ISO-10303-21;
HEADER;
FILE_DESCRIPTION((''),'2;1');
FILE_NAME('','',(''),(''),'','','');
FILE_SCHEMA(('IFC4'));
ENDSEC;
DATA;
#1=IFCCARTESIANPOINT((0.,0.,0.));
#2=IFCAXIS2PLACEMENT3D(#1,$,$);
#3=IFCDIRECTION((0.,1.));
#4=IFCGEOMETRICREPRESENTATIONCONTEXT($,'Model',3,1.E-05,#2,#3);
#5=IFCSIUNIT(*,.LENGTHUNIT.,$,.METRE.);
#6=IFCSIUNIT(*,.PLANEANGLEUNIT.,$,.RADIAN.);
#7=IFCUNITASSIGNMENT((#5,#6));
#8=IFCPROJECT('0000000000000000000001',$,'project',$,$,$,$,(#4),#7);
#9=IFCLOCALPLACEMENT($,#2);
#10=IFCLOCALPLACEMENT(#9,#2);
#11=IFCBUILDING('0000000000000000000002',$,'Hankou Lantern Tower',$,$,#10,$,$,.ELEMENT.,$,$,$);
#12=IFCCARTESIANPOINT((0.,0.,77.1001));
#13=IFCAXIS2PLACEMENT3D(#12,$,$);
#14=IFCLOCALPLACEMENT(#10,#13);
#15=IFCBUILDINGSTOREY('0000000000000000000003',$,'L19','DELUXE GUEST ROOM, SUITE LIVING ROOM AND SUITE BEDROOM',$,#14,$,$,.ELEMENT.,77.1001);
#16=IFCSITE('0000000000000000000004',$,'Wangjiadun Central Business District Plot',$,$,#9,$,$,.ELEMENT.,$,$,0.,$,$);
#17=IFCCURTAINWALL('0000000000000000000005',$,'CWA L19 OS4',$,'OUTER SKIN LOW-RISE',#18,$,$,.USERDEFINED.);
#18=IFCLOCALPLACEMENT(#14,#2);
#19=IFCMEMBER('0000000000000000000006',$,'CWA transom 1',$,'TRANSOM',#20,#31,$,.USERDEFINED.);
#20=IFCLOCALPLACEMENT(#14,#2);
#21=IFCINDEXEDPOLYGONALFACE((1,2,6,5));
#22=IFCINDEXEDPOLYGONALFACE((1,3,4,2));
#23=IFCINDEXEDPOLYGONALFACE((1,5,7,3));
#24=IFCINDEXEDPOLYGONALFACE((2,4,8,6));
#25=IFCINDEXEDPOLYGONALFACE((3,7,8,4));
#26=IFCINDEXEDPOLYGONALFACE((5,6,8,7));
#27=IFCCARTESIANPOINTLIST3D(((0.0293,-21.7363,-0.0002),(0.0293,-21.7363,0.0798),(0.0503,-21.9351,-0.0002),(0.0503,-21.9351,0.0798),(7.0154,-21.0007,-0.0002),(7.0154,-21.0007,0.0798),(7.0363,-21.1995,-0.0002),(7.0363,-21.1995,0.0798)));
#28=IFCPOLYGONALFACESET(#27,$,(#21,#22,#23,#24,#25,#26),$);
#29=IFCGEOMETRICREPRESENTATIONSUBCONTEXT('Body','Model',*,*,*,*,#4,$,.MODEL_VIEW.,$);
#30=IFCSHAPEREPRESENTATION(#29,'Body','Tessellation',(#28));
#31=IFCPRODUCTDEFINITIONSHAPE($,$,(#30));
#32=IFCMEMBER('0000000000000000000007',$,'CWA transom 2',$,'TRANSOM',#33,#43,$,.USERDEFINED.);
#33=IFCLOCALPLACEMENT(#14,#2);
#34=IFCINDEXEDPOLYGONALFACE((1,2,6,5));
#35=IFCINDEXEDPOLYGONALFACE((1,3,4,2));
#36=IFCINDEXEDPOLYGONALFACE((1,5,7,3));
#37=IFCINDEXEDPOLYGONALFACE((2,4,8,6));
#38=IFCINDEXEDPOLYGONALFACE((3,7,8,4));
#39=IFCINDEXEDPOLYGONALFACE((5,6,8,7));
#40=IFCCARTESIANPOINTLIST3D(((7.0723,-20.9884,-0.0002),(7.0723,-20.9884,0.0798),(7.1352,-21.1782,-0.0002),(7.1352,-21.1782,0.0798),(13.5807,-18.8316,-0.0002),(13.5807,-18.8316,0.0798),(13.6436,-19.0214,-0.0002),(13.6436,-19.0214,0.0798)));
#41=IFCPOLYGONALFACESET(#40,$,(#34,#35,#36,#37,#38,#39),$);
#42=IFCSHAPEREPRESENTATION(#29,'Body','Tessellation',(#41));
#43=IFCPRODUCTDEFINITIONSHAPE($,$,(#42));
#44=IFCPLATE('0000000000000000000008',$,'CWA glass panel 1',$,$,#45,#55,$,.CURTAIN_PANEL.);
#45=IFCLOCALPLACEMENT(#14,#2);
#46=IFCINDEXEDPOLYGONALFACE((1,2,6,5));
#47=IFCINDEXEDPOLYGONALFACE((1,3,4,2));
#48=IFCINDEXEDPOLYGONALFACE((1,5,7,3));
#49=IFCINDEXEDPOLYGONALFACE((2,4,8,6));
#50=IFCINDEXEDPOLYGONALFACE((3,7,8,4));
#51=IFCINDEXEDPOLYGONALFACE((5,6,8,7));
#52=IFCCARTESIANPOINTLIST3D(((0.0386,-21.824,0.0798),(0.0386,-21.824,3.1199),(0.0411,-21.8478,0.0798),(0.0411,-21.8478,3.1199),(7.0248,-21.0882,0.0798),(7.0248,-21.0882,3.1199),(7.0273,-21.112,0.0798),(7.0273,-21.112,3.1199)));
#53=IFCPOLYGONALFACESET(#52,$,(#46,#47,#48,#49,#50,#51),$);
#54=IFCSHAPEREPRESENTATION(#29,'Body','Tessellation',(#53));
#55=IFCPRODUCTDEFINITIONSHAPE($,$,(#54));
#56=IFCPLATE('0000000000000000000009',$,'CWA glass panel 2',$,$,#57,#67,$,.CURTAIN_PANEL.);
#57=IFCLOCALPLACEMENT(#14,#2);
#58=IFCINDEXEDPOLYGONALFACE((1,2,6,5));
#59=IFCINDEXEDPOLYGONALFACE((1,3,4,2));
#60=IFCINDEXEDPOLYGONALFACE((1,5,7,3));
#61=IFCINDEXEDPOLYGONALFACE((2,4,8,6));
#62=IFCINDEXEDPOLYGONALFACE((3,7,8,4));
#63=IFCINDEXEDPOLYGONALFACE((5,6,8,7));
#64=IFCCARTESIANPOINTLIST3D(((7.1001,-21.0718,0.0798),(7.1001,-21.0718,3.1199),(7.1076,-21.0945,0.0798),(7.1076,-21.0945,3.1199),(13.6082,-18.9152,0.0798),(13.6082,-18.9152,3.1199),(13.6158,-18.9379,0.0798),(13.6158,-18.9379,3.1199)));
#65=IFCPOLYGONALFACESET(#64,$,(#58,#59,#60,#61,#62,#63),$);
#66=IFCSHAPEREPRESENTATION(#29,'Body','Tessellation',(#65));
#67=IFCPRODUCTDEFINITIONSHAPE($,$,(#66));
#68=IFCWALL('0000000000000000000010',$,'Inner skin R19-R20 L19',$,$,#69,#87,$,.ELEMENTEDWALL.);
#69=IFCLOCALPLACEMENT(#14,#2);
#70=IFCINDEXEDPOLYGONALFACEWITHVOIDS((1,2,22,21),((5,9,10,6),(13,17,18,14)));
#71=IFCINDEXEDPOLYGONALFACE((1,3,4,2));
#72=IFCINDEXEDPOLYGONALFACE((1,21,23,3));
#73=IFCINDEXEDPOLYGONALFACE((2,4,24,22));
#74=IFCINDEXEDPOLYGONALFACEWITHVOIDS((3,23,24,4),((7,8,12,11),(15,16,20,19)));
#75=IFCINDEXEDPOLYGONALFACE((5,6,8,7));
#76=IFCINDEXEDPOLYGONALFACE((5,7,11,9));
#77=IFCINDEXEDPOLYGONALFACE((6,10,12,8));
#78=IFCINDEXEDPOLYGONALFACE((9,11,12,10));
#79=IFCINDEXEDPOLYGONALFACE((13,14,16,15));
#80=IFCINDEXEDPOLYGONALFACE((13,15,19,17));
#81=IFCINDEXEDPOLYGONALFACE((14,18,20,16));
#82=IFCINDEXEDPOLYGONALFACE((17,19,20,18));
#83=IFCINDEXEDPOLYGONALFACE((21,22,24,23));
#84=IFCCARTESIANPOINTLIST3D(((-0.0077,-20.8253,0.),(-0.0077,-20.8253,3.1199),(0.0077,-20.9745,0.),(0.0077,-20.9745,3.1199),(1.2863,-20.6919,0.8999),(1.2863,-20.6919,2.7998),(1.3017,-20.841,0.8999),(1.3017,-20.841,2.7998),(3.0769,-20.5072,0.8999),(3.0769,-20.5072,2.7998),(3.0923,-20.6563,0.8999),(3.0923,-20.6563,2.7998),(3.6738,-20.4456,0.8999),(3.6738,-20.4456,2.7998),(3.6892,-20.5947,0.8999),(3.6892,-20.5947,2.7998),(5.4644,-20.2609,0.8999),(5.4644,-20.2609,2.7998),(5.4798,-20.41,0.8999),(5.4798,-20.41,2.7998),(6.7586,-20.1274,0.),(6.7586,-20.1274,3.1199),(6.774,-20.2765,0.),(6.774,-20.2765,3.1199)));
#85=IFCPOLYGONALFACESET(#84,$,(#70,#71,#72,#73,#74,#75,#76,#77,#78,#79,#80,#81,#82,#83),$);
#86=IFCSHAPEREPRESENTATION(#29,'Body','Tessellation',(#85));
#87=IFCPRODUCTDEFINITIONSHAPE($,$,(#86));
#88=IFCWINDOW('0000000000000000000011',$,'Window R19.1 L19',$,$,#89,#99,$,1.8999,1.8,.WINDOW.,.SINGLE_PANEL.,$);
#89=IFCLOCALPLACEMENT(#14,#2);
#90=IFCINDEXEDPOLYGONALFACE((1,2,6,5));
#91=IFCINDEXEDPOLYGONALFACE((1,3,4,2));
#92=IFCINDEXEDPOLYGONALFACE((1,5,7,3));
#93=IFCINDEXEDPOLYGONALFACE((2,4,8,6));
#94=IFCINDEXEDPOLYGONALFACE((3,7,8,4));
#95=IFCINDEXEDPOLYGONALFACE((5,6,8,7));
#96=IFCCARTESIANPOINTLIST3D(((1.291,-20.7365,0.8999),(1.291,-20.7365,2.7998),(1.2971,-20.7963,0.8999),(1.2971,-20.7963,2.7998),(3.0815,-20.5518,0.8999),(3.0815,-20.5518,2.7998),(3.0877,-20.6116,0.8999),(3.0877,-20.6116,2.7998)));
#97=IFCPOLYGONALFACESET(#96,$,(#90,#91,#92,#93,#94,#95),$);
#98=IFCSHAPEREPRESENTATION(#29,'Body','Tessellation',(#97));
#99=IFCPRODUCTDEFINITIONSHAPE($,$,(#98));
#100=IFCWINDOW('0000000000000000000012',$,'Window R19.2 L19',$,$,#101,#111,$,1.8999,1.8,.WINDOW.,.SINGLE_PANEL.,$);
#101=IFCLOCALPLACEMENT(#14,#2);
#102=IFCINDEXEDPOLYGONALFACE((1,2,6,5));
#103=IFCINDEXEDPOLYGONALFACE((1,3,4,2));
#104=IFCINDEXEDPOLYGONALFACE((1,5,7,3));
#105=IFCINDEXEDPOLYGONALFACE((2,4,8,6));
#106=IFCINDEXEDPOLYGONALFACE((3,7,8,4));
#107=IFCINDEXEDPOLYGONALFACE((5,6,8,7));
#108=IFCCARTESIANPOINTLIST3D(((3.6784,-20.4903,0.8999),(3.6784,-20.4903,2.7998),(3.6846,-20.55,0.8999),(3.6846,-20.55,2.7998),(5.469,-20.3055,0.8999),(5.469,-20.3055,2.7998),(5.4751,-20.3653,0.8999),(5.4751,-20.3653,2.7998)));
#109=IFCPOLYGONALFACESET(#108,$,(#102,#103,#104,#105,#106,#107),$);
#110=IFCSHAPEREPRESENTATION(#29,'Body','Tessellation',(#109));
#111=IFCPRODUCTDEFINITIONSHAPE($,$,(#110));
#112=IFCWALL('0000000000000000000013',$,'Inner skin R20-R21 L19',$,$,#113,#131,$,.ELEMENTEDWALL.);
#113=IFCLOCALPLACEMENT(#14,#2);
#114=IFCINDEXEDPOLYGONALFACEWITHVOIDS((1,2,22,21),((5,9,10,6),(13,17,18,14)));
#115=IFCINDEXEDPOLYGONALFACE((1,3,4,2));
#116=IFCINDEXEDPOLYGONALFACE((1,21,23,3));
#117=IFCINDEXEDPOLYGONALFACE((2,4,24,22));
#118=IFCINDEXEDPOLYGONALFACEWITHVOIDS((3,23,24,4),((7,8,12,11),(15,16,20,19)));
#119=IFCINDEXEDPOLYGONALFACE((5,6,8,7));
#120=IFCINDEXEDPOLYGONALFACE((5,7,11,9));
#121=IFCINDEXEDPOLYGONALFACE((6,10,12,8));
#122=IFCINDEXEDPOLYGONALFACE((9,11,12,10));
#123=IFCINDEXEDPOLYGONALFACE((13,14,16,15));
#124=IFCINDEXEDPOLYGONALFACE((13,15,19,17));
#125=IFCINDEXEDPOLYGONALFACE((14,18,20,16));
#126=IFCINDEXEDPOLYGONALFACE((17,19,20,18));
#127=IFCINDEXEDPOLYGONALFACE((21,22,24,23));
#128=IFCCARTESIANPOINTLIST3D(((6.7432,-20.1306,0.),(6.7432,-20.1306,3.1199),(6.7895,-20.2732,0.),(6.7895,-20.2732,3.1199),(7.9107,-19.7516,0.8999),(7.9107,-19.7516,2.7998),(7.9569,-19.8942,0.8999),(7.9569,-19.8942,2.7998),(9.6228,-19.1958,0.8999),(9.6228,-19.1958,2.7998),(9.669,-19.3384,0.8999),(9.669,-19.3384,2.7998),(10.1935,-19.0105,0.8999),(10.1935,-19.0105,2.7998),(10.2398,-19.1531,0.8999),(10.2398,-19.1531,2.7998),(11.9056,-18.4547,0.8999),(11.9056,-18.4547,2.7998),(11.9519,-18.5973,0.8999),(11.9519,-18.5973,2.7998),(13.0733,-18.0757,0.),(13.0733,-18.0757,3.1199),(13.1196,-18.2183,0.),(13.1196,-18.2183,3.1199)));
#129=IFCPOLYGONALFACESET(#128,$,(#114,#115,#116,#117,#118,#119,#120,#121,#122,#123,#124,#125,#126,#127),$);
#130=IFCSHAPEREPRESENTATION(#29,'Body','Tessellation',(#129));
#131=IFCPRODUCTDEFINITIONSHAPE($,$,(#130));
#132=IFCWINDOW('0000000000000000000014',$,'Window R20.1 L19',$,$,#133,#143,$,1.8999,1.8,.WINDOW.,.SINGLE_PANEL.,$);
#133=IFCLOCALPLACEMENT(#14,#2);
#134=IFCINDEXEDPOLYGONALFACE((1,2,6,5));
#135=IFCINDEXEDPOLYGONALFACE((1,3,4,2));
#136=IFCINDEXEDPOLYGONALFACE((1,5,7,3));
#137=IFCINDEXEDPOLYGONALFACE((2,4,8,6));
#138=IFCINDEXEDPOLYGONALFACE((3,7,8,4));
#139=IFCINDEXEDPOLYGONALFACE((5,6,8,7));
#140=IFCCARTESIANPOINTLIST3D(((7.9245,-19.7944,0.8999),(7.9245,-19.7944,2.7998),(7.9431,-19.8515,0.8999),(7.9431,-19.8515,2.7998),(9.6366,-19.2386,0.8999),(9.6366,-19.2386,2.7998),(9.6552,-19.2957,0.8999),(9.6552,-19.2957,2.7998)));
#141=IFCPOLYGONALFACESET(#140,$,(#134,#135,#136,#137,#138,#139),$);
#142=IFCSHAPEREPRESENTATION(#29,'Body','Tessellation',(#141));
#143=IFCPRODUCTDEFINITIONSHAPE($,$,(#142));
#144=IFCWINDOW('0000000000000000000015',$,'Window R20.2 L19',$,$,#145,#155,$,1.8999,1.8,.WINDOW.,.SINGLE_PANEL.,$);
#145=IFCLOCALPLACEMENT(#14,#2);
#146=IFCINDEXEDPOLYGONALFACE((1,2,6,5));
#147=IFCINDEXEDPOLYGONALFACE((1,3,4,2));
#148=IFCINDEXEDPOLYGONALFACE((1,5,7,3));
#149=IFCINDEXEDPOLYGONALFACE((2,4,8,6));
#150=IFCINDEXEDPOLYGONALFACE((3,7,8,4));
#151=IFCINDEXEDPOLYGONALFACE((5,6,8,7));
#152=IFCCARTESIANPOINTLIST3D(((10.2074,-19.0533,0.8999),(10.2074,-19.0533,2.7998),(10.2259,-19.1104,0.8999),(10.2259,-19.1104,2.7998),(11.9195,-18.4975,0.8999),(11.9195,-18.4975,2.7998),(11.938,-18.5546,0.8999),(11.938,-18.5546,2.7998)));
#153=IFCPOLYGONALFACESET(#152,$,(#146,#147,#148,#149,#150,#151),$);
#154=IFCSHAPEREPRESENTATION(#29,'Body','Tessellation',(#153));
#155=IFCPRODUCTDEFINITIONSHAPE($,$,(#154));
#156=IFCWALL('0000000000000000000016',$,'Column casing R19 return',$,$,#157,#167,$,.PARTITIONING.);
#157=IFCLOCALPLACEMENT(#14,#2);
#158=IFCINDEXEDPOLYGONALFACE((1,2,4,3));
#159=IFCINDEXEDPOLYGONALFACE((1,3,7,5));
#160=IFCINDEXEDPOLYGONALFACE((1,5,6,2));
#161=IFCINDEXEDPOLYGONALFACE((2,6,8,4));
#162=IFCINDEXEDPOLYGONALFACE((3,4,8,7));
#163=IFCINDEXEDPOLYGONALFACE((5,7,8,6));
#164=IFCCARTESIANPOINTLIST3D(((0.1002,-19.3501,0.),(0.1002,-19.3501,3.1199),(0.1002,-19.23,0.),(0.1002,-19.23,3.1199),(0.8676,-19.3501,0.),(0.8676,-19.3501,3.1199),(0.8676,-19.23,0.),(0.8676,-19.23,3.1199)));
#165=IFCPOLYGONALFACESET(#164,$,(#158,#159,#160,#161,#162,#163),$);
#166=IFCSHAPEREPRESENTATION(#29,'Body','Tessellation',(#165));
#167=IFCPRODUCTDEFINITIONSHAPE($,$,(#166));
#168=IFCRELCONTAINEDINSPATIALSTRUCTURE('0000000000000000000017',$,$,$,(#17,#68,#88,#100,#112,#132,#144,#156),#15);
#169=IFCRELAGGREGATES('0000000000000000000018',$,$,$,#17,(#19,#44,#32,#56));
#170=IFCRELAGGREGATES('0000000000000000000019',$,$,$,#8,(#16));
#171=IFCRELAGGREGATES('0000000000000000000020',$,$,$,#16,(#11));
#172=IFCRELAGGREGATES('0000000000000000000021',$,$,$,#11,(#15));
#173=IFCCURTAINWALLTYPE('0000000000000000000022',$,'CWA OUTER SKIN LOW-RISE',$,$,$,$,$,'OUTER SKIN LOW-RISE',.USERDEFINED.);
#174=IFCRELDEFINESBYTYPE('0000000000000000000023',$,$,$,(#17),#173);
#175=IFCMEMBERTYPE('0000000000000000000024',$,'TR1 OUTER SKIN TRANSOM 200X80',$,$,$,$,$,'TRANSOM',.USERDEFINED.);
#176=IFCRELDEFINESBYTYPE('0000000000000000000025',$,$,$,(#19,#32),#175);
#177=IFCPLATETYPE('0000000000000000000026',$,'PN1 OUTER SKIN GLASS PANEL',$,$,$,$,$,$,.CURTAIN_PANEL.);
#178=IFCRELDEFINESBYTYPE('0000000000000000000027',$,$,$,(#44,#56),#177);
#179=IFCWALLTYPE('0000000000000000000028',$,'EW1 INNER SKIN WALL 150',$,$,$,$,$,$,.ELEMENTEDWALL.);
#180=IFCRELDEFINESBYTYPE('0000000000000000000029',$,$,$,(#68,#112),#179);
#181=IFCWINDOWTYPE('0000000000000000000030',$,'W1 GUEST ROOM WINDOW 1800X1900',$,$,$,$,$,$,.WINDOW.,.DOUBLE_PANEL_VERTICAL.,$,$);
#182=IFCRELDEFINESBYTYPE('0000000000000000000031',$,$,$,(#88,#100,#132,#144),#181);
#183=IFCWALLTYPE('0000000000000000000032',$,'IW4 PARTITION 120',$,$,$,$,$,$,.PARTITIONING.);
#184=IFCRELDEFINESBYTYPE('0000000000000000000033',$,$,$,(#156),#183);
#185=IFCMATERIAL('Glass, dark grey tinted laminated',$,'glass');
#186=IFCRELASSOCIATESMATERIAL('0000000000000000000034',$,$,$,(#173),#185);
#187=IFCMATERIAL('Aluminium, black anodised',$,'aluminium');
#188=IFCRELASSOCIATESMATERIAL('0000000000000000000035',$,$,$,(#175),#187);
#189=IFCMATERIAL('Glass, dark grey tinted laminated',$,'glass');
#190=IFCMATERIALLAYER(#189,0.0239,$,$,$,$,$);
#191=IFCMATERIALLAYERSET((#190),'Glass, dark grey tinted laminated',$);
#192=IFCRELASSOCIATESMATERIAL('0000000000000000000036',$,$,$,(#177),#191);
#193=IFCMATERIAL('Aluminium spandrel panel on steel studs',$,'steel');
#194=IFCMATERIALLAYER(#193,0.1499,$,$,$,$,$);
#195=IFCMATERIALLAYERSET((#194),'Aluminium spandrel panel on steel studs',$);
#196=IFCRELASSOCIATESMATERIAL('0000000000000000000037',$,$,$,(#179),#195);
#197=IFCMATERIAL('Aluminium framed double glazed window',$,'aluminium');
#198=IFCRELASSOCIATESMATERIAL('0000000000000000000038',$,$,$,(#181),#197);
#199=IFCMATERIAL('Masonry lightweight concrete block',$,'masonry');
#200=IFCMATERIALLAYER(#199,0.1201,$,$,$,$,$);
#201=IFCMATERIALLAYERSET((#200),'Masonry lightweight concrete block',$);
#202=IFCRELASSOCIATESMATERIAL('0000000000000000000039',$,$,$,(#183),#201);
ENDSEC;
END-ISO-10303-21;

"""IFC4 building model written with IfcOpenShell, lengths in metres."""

from ifc_helpers import new_model, si_unit, direction, frame, frame_2d, origin, origin_2d, place, context, subcontext, project, spatial, rectangle, extrude, material, layer, layer_set, material_profile, profile_set, type_object, element, fill, aggregate, save


model = new_model("IFC4")

# Units and contexts
model_context = context("Model", 3, precision=1e-05, world=origin(), true_north=direction((0.0, 1.0)))
body_context = subcontext(model_context, "Body", "Model", "MODEL_VIEW")
ifc_project = project(units=[si_unit("LENGTHUNIT", "METRE"), si_unit("PLANEANGLEUNIT", "RADIAN")], contexts=[model_context])

# Site, building, storey
site_placement = place(None, origin())
site = spatial("IfcSite", under=ifc_project, at=site_placement, Name="Wangjiadun Central Business District Plot", CompositionType="ELEMENT", RefElevation=0.0)
building_placement = place(site_placement, origin())
building = spatial("IfcBuilding", under=site, at=building_placement, Name="Hankou Lantern Tower", CompositionType="ELEMENT")
storey_placement = place(building_placement, frame((0.0, 0.0, 77.1001)))
storey = spatial("IfcBuildingStorey", under=building, at=storey_placement, Name="L19", Description="DELUXE GUEST ROOM, SUITE LIVING ROOM AND SUITE BEDROOM", CompositionType="ELEMENT", Elevation=77.1001)

# Curtain wall
ifc_material_1 = material(Name="Glass, dark grey tinted laminated", Category="glass")
curtain_wall_type = type_object("IfcCurtainWallType", Name="CWA OUTER SKIN LOW-RISE", ElementType="OUTER SKIN LOW-RISE", PredefinedType="USERDEFINED", material=ifc_material_1)
curtain_wall_placement = place(storey_placement, origin())
curtain_wall = element("IfcCurtainWall", 1, at=curtain_wall_placement, inside=storey, type_object=curtain_wall_type, Name="CWA L19 OS4", ObjectType="OUTER SKIN LOW-RISE", PredefinedType="USERDEFINED")

# Members
ifc_material_2 = material(Name="Aluminium, black anodised", Category="aluminium")
ifc_material_profile_1 = material_profile(ifc_material_2, rectangle(XDim=0.2, YDim=0.0801, at=origin_2d()), Name="TR1 200X80")
ifc_profile_set_1 = profile_set([ifc_material_profile_1], Name="Aluminium, black anodised")
member_type_1 = type_object("IfcMemberType", Name="TR1 OUTER SKIN TRANSOM 200X80", ElementType="TRANSOM", PredefinedType="USERDEFINED", material=ifc_profile_set_1)
member_1_placement = place(storey_placement, frame((0.0398, -21.8357, 0.0398), z_axis=(0.994502, 0.104716, 0.0), x_axis=(-0.104716, 0.994502, 0.0)))
member_1 = element("IfcMember", 2, at=member_1_placement, type_object=member_type_1, Name="CWA transom 1", ObjectType="TRANSOM", PredefinedType="USERDEFINED", context=body_context, shape_type="SweptSolid", body=[
    extrude(rectangle(XDim=0.2, YDim=0.0801, at=origin_2d()), origin(), (0.0, 0.0, 1.0), 7.0247),
])
member_2_placement = place(storey_placement, frame((7.1038, -21.0833, 0.0398), z_axis=(0.949237, 0.314561, 0.0), x_axis=(-0.314561, 0.949237, 0.0)))
member_2 = element("IfcMember", 3, at=member_2_placement, type_object=member_type_1, Name="CWA transom 2", ObjectType="TRANSOM", PredefinedType="USERDEFINED", context=body_context, shape_type="SweptSolid", body=[
    extrude(rectangle(XDim=0.2, YDim=0.0801, at=origin_2d()), origin(), (0.0, 0.0, 1.0), 6.8564),
])

# Plates
ifc_material_3 = material(Name="Glass, dark grey tinted laminated", Category="glass")
ifc_layer_1 = layer(ifc_material_3, 0.0239)
ifc_layer_set_1 = layer_set([ifc_layer_1], Name="Glass, dark grey tinted laminated")
plate_type = type_object("IfcPlateType", Name="PN1 OUTER SKIN GLASS PANEL", PredefinedType="CURTAIN_PANEL", material=ifc_layer_set_1)
plate_1_placement = place(storey_placement, frame((3.533, -21.468, 0.0798), z_axis=(0.0, 0.0, 1.0), x_axis=(0.994499, 0.104743, 0.0)))
plate_1 = element("IfcPlate", 4, at=plate_1_placement, type_object=plate_type, Name="CWA glass panel 1", PredefinedType="CURTAIN_PANEL", context=body_context, shape_type="SweptSolid", body=[
    extrude(rectangle(XDim=7.0249, YDim=0.0239, at=origin_2d()), origin(), (0.0, 0.0, 1.0), 3.04),
])
plate_2_placement = place(storey_placement, frame((10.3579, -20.0049, 0.0798), z_axis=(0.0, 0.0, 1.0), x_axis=(0.949241, 0.314551, 0.0)))
plate_2 = element("IfcPlate", 5, at=plate_2_placement, type_object=plate_type, Name="CWA glass panel 2", PredefinedType="CURTAIN_PANEL", context=body_context, shape_type="SweptSolid", body=[
    extrude(rectangle(XDim=6.8562, YDim=0.0239, at=origin_2d()), origin(), (0.0, 0.0, 1.0), 3.04),
])
aggregate(curtain_wall, [member_1, plate_1, member_2, plate_2])

# Walls, openings, windows
ifc_material_4 = material(Name="Aluminium spandrel panel on steel studs", Category="steel")
ifc_layer_2 = layer(ifc_material_4, 0.1499)
ifc_layer_set_2 = layer_set([ifc_layer_2], Name="Aluminium spandrel panel on steel studs")
wall_type_1 = type_object("IfcWallType", Name="EW1 INNER SKIN WALL 150", PredefinedType="ELEMENTEDWALL", material=ifc_layer_set_2)
wall_1_placement = place(storey_placement, frame((0.0, -20.8999, 0.0), z_axis=(0.0, 0.0, 1.0), x_axis=(0.994721, 0.102613, 0.0)))
wall_1 = element("IfcWall", 6, at=wall_1_placement, inside=storey, type_object=wall_type_1, Name="Inner skin R19-R20 L19", PredefinedType="ELEMENTEDWALL", context=body_context, shape_type="SweptSolid", body=[
    extrude(rectangle(XDim=6.8022, YDim=0.1499, at=frame_2d((3.4011, 0.0))), origin(), (0.0, 0.0, 1.0), 3.1199),
])
opening_1_placement = place(wall_1_placement, frame((1.301, 0.0, 0.8999)))
opening_1 = element("IfcOpeningElement", 7, at=opening_1_placement, cuts=wall_1, PredefinedType="OPENING", context=body_context, shape_type="SweptSolid", body=[
    extrude(rectangle(XDim=1.8, YDim=1.8999, at=frame_2d((0.8999, 0.95))), frame((0.0, 0.085, 0.0), z_axis=(0.0, -1.0, 0.0), x_axis=(1.0, 0.0, 0.0)), (0.0, 0.0, 1.0), 0.1699),
])
opening_2_placement = place(wall_1_placement, frame((3.7012, 0.0, 0.8999)))
opening_2 = element("IfcOpeningElement", 8, at=opening_2_placement, cuts=wall_1, PredefinedType="OPENING", context=body_context, shape_type="SweptSolid", body=[
    extrude(rectangle(XDim=1.8, YDim=1.8999, at=frame_2d((0.8999, 0.95))), frame((0.0, 0.085, 0.0), z_axis=(0.0, -1.0, 0.0), x_axis=(1.0, 0.0, 0.0)), (0.0, 0.0, 1.0), 0.1699),
])
ifc_material_5 = material(Name="Aluminium framed double glazed window", Category="aluminium")
window_type = type_object("IfcWindowType", Name="W1 GUEST ROOM WINDOW 1800X1900", PartitioningType="DOUBLE_PANEL_VERTICAL", PredefinedType="WINDOW", material=ifc_material_5)
window_1_placement = place(opening_1_placement, origin())
window_1 = element("IfcWindow", 9, at=window_1_placement, inside=storey, type_object=window_type, Name="Window R19.1 L19", OverallHeight=1.8999, OverallWidth=1.8, PartitioningType="SINGLE_PANEL", PredefinedType="WINDOW", context=body_context, shape_type="SweptSolid", body=[
    extrude(rectangle(XDim=1.8, YDim=1.8999, at=frame_2d((0.8999, 0.95))), frame((0.0, 0.03, 0.0), z_axis=(0.0, -1.0, 0.0), x_axis=(1.0, 0.0, 0.0)), (0.0, 0.0, 1.0), 0.0601),
])
fill(opening_1, window_1)
window_2_placement = place(opening_2_placement, origin())
window_2 = element("IfcWindow", 10, at=window_2_placement, inside=storey, type_object=window_type, Name="Window R19.2 L19", OverallHeight=1.8999, OverallWidth=1.8, PartitioningType="SINGLE_PANEL", PredefinedType="WINDOW", context=body_context, shape_type="SweptSolid", body=[
    extrude(rectangle(XDim=1.8, YDim=1.8999, at=frame_2d((0.8999, 0.95))), frame((0.0, 0.03, 0.0), z_axis=(0.0, -1.0, 0.0), x_axis=(1.0, 0.0, 0.0)), (0.0, 0.0, 1.0), 0.0601),
])
fill(opening_2, window_2)
wall_2_placement = place(storey_placement, frame((6.7664, -20.2019, 0.0), z_axis=(0.0, 0.0, 1.0), x_axis=(0.951138, 0.308768, 0.0)))
wall_2 = element("IfcWall", 11, at=wall_2_placement, inside=storey, type_object=wall_type_1, Name="Inner skin R20-R21 L19", PredefinedType="ELEMENTEDWALL", context=body_context, shape_type="SweptSolid", body=[
    extrude(rectangle(XDim=6.6553, YDim=0.1499, at=frame_2d((3.3276, 0.0))), origin(), (0.0, 0.0, 1.0), 3.1199),
])
opening_3_placement = place(wall_2_placement, frame((1.2275, 0.0, 0.8999)))
opening_3 = element("IfcOpeningElement", 12, at=opening_3_placement, cuts=wall_2, PredefinedType="OPENING", context=body_context, shape_type="SweptSolid", body=[
    extrude(rectangle(XDim=1.8, YDim=1.8999, at=frame_2d((0.8999, 0.95))), frame((0.0, 0.085, 0.0), z_axis=(0.0, -1.0, 0.0), x_axis=(1.0, 0.0, 0.0)), (0.0, 0.0, 1.0), 0.1699),
])
opening_4_placement = place(wall_2_placement, frame((3.6277, 0.0, 0.8999)))
opening_4 = element("IfcOpeningElement", 13, at=opening_4_placement, cuts=wall_2, PredefinedType="OPENING", context=body_context, shape_type="SweptSolid", body=[
    extrude(rectangle(XDim=1.8, YDim=1.8999, at=frame_2d((0.8999, 0.95))), frame((0.0, 0.085, 0.0), z_axis=(0.0, -1.0, 0.0), x_axis=(1.0, 0.0, 0.0)), (0.0, 0.0, 1.0), 0.1699),
])
window_3_placement = place(opening_3_placement, origin())
window_3 = element("IfcWindow", 14, at=window_3_placement, inside=storey, type_object=window_type, Name="Window R20.1 L19", OverallHeight=1.8999, OverallWidth=1.8, PartitioningType="SINGLE_PANEL", PredefinedType="WINDOW", context=body_context, shape_type="SweptSolid", body=[
    extrude(rectangle(XDim=1.8, YDim=1.8999, at=frame_2d((0.8999, 0.95))), frame((0.0, 0.03, 0.0), z_axis=(0.0, -1.0, 0.0), x_axis=(1.0, 0.0, 0.0)), (0.0, 0.0, 1.0), 0.0601),
])
fill(opening_3, window_3)
window_4_placement = place(opening_4_placement, origin())
window_4 = element("IfcWindow", 15, at=window_4_placement, inside=storey, type_object=window_type, Name="Window R20.2 L19", OverallHeight=1.8999, OverallWidth=1.8, PartitioningType="SINGLE_PANEL", PredefinedType="WINDOW", context=body_context, shape_type="SweptSolid", body=[
    extrude(rectangle(XDim=1.8, YDim=1.8999, at=frame_2d((0.8999, 0.95))), frame((0.0, 0.03, 0.0), z_axis=(0.0, -1.0, 0.0), x_axis=(1.0, 0.0, 0.0)), (0.0, 0.0, 1.0), 0.0601),
])
fill(opening_4, window_4)

# Wall
ifc_material_6 = material(Name="Masonry lightweight concrete block", Category="masonry")
ifc_layer_3 = layer(ifc_material_6, 0.1201)
ifc_layer_set_3 = layer_set([ifc_layer_3], Name="Masonry lightweight concrete block")
wall_type_2 = type_object("IfcWallType", Name="IW4 PARTITION 120", PredefinedType="PARTITIONING", material=ifc_layer_set_3)
wall_3_placement = place(storey_placement, frame((0.1001, -19.29, 0.0), z_axis=(0.0, 0.0, 1.0), x_axis=(1.0, 0.0, 0.0)))
element("IfcWall", 16, at=wall_3_placement, inside=storey, type_object=wall_type_2, Name="Column casing R19 return", PredefinedType="PARTITIONING", context=body_context, shape_type="SweptSolid", body=[
    extrude(rectangle(XDim=0.7673, YDim=0.1201, at=frame_2d((0.3838, 0.0))), origin(), (0.0, 0.0, 1.0), 3.1199),
])

save(model, "model.ifc")
